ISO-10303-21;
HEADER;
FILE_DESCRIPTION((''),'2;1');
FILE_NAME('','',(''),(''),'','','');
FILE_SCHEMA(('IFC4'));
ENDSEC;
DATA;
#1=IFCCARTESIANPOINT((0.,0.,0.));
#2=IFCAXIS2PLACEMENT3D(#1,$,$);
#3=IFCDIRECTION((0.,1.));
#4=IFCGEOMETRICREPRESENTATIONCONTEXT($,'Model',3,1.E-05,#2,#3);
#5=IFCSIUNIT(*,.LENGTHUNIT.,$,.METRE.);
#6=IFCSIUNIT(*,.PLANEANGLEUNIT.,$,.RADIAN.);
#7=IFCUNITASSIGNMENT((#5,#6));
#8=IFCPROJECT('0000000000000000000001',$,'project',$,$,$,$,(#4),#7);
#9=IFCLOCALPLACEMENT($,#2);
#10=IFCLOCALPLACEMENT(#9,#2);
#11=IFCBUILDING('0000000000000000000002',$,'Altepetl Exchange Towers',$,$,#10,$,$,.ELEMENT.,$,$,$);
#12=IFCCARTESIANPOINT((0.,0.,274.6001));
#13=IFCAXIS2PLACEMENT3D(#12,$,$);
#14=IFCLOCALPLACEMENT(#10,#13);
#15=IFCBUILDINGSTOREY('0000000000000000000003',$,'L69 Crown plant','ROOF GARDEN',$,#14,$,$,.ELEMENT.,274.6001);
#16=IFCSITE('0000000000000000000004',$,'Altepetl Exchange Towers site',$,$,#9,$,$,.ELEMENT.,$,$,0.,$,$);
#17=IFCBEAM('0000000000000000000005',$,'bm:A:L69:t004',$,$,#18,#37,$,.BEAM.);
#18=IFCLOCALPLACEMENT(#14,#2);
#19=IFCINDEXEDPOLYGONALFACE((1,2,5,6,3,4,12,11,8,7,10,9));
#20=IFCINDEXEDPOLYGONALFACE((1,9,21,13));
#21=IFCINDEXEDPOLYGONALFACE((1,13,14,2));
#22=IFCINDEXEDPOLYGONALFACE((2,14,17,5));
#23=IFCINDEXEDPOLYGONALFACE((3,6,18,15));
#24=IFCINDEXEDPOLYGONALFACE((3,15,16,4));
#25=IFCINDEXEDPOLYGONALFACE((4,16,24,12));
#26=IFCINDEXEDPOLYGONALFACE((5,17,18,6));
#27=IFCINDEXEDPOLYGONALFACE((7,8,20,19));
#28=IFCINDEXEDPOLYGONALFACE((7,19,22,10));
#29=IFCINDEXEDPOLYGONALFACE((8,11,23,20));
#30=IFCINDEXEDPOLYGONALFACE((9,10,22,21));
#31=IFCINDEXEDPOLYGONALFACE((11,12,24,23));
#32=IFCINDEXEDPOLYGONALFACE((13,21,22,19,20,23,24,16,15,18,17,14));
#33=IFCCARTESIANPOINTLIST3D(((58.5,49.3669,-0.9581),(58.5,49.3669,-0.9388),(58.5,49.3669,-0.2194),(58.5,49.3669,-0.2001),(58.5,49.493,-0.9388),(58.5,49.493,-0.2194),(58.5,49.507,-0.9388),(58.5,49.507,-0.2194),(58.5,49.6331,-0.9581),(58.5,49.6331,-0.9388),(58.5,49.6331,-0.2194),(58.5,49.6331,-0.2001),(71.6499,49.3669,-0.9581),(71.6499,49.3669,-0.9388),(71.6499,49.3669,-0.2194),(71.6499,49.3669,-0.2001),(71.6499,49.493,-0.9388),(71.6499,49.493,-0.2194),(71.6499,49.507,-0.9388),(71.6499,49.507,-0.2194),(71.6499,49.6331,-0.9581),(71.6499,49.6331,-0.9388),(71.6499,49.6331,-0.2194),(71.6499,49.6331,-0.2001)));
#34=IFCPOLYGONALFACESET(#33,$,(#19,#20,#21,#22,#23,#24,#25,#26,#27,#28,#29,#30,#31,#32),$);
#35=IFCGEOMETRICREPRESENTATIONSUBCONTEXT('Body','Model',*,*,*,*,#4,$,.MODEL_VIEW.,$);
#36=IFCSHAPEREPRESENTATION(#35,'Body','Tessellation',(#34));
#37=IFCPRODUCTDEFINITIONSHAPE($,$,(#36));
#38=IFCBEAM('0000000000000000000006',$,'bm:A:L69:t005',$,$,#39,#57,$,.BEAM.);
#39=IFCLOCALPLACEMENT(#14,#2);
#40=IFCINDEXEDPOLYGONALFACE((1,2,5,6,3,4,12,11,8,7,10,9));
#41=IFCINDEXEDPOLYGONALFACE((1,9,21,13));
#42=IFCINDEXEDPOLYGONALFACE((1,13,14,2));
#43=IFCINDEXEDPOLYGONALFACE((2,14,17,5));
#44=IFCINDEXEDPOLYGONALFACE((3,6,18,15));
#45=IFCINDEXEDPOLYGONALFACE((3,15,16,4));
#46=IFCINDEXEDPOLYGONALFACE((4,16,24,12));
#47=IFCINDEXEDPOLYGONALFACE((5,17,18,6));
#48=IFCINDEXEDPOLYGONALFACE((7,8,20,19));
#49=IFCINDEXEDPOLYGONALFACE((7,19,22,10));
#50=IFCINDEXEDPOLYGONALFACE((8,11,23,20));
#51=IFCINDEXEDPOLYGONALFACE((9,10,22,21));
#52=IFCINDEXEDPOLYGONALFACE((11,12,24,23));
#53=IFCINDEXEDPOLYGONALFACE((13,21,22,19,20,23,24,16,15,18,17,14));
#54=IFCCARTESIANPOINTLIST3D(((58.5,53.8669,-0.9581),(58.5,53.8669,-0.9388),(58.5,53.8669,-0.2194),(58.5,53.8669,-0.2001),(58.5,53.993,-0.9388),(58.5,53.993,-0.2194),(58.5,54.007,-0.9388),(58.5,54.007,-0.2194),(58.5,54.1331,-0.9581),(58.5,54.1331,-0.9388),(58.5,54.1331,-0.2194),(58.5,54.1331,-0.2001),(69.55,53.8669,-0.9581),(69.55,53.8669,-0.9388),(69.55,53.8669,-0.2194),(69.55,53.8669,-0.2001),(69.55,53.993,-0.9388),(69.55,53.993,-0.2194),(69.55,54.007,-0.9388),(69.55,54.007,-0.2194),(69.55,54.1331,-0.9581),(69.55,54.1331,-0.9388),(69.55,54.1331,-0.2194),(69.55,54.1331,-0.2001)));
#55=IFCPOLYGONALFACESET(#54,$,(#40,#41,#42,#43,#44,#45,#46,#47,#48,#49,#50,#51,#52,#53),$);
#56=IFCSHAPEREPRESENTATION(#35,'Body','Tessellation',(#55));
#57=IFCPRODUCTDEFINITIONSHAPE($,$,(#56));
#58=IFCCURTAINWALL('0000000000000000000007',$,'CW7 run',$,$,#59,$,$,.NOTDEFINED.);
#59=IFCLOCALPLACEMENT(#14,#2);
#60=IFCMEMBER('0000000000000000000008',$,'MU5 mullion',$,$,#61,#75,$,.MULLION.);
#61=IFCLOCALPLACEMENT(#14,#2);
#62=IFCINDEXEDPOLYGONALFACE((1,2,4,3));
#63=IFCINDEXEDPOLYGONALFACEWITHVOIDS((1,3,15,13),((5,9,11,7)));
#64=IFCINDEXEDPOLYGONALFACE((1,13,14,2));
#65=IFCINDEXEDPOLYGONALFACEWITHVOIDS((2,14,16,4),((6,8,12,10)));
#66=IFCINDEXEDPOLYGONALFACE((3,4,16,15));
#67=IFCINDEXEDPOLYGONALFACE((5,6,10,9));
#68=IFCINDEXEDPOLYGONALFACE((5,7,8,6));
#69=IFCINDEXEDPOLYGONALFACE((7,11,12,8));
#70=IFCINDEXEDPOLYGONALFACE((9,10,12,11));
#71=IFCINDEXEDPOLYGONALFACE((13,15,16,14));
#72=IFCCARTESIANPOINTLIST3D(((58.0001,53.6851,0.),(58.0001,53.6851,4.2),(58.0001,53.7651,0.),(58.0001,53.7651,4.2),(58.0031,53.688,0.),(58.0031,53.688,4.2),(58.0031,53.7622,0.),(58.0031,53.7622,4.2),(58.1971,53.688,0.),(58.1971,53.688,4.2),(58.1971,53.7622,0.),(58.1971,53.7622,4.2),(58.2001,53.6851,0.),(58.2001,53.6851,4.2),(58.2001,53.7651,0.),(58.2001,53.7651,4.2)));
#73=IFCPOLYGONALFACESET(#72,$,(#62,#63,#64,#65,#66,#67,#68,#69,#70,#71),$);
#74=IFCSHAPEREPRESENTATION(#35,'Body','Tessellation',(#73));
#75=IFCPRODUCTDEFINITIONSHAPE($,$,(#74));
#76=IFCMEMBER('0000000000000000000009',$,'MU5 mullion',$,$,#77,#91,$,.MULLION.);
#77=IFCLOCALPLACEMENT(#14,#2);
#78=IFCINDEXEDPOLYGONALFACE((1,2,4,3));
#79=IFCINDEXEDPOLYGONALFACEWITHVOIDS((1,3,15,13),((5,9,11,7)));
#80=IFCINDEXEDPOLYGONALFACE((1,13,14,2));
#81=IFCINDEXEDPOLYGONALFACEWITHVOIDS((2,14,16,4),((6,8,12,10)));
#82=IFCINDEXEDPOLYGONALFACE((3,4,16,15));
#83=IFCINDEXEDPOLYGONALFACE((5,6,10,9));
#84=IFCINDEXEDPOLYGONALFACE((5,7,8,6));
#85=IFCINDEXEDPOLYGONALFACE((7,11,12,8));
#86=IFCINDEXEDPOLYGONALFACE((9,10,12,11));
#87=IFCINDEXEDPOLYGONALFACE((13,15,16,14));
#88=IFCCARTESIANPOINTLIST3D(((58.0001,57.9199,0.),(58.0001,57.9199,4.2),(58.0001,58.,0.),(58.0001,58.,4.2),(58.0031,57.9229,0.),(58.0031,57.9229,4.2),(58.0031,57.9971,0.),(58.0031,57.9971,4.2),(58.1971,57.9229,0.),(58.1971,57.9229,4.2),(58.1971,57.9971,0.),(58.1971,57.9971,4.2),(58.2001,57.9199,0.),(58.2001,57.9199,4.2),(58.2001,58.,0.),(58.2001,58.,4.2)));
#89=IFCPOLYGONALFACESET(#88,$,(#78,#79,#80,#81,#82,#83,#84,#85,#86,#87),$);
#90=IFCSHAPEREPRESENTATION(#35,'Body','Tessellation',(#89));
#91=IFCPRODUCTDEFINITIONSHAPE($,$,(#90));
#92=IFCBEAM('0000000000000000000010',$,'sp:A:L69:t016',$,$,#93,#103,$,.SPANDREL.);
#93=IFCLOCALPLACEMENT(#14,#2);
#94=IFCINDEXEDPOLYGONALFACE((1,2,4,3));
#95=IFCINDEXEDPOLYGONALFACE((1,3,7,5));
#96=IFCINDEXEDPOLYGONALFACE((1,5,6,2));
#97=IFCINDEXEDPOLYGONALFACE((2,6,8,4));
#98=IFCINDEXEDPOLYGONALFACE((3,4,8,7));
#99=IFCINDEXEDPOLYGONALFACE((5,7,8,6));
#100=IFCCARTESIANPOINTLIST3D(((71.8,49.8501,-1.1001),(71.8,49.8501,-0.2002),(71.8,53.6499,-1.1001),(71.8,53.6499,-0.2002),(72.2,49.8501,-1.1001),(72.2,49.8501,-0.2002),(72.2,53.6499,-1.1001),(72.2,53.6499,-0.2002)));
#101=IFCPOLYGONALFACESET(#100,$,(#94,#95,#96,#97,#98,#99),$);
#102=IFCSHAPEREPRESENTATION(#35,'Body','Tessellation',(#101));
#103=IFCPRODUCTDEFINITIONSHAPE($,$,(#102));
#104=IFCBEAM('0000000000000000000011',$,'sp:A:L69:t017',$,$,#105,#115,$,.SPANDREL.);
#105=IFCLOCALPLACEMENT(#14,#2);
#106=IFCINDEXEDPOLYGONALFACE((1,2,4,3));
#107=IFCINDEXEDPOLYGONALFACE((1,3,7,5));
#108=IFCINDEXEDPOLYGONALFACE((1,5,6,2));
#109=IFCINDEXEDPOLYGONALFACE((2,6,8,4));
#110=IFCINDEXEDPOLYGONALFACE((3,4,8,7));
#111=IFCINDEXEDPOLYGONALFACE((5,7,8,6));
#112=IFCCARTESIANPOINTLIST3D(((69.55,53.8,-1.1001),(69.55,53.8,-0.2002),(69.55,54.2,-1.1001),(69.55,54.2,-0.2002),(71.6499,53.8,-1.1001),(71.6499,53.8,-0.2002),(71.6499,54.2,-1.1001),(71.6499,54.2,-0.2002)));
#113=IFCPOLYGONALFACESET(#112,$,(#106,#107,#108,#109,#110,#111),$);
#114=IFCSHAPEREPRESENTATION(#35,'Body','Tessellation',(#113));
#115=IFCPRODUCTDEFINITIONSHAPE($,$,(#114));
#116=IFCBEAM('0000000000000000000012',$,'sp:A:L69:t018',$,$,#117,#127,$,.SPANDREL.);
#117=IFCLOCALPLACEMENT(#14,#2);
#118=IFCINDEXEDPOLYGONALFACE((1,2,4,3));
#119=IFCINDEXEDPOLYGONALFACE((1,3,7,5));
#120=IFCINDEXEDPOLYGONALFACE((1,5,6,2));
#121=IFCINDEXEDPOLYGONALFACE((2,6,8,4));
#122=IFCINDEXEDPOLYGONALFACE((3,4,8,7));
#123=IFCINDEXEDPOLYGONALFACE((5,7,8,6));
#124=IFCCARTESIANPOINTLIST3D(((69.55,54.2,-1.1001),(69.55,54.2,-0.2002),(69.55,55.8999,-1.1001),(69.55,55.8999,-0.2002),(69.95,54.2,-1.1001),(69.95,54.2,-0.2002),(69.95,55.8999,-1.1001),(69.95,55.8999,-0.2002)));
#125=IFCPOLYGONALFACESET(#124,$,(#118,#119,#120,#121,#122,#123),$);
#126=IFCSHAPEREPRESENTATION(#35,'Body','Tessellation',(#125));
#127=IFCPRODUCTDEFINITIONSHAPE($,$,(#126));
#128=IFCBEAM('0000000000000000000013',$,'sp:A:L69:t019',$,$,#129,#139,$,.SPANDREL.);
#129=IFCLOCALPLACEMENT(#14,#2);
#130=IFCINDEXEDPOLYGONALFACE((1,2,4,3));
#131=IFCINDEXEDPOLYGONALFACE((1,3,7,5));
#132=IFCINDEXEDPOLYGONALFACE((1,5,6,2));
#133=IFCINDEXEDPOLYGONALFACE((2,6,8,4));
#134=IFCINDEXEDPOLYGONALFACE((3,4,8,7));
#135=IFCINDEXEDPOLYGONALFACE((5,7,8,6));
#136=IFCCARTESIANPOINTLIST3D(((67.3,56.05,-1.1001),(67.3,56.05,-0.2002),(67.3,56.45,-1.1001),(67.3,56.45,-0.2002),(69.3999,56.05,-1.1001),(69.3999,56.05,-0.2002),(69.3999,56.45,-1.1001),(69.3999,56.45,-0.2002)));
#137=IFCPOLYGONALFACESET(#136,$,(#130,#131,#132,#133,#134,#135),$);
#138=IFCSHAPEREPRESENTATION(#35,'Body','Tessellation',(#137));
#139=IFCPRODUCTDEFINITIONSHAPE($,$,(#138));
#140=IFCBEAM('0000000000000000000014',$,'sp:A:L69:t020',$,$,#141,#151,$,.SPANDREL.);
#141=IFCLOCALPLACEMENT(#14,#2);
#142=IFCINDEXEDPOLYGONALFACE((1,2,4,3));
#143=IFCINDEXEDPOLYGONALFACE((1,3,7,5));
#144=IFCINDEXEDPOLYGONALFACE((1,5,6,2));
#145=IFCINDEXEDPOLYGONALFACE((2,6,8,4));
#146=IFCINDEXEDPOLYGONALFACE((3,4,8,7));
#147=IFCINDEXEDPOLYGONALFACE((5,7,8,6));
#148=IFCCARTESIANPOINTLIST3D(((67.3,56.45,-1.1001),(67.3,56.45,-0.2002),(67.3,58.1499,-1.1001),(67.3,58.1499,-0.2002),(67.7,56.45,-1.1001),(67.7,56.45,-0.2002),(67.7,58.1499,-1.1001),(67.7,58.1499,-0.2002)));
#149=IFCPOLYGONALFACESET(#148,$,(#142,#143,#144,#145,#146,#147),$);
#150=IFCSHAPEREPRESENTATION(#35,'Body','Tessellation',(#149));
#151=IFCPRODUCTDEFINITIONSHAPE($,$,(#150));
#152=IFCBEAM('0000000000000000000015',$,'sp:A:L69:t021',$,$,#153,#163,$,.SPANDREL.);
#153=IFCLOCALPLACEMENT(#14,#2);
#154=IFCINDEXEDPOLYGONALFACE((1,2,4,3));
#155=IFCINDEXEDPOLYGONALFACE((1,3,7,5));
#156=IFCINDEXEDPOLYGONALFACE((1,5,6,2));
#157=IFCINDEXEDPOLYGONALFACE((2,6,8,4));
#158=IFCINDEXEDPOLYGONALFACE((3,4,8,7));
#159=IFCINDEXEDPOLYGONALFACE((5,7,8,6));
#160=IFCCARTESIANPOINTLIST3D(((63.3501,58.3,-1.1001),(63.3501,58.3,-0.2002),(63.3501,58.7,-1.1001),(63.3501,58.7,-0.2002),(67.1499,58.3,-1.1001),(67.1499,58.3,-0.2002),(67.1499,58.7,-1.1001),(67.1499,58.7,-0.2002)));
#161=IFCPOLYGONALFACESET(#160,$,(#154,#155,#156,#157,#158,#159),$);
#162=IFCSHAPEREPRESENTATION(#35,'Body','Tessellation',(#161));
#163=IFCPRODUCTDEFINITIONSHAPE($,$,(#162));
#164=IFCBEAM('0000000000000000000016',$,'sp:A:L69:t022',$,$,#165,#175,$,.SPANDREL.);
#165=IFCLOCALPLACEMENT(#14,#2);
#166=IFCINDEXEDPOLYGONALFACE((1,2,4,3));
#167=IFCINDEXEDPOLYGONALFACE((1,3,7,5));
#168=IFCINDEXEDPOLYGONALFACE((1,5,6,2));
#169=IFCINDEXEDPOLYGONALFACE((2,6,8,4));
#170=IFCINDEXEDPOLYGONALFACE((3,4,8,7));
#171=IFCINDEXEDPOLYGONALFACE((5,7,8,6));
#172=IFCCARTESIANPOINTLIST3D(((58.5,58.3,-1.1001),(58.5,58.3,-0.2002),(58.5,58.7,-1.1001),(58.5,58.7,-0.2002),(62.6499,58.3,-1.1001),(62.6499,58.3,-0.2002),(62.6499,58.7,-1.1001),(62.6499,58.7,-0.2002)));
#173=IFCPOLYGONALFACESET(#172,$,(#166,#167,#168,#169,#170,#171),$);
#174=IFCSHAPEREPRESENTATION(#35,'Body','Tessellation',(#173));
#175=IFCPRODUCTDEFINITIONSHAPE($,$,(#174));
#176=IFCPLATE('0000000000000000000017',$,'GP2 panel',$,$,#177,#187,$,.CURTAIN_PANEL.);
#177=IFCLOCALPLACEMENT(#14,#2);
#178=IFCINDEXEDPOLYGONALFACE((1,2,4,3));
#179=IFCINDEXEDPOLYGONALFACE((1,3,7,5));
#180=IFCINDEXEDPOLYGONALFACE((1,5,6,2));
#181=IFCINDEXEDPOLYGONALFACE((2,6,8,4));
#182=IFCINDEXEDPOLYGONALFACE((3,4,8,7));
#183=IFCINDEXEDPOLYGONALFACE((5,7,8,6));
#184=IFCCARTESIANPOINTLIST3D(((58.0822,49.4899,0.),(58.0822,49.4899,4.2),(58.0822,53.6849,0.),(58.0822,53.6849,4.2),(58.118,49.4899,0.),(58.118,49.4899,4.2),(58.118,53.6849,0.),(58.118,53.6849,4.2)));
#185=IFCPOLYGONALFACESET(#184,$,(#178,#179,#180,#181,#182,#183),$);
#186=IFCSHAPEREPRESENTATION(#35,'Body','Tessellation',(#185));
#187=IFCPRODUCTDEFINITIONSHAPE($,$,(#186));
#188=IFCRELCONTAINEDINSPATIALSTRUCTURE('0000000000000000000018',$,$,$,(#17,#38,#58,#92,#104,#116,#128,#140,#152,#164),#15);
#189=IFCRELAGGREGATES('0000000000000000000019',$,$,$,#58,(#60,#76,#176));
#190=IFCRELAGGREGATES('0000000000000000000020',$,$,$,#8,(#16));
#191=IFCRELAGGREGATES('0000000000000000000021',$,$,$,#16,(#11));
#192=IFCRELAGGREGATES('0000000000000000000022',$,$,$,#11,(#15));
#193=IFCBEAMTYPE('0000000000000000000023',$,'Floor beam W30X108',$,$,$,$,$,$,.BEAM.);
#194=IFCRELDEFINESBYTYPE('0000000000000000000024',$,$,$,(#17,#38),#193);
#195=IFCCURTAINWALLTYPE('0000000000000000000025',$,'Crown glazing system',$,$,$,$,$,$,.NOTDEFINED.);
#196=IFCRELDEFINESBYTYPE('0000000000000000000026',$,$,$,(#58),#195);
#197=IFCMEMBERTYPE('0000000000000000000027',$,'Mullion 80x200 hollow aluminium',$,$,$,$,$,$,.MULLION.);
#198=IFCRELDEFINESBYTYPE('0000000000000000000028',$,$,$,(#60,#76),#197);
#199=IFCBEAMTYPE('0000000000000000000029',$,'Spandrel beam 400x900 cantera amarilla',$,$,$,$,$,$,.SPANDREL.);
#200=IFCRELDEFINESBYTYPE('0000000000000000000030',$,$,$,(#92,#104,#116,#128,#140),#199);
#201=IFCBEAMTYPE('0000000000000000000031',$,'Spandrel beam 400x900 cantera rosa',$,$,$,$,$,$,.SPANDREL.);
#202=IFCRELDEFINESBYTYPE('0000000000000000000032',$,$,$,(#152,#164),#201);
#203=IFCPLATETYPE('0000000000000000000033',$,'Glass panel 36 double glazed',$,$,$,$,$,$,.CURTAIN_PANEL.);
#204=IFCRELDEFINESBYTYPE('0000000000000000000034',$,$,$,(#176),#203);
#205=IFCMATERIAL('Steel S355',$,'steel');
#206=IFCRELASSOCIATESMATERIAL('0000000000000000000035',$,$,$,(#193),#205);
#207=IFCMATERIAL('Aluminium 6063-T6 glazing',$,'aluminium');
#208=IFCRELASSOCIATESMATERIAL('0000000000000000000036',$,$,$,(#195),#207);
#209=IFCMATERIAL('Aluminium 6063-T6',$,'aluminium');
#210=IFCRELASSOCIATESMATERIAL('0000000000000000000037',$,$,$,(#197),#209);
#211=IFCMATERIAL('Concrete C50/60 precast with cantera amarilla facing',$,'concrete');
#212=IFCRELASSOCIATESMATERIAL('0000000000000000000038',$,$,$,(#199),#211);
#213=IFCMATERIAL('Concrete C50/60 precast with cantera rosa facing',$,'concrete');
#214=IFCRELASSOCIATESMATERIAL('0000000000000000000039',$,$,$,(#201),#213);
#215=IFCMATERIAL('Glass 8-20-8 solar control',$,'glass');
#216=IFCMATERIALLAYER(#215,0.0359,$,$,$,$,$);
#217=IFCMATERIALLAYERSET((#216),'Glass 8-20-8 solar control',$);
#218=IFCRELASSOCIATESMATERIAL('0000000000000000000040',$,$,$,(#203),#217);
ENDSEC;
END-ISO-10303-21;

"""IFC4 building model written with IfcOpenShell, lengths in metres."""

from ifc_helpers import new_model, si_unit, direction, frame, origin, origin_2d, place, context, subcontext, project, spatial, rectangle, hollow_rectangle, i_section, extrude, material, layer, layer_set, material_profile, profile_set, type_object, element, aggregate, save


model = new_model("IFC4")

# Units and contexts
model_context = context("Model", 3, precision=1e-05, world=origin(), true_north=direction((0.0, 1.0)))
body_context = subcontext(model_context, "Body", "Model", "MODEL_VIEW")
ifc_project = project(units=[si_unit("LENGTHUNIT", "METRE"), si_unit("PLANEANGLEUNIT", "RADIAN")], contexts=[model_context])

# Site, building, storey
site_placement = place(None, origin())
site = spatial("IfcSite", under=ifc_project, at=site_placement, Name="Altepetl Exchange Towers site", CompositionType="ELEMENT", RefElevation=0.0)
building_placement = place(site_placement, origin())
building = spatial("IfcBuilding", under=site, at=building_placement, Name="Altepetl Exchange Towers", CompositionType="ELEMENT")
storey_placement = place(building_placement, frame((0.0, 0.0, 274.6001)))
storey = spatial("IfcBuildingStorey", under=building, at=storey_placement, Name="L69 Crown plant", Description="ROOF GARDEN", CompositionType="ELEMENT", Elevation=274.6001)

# Beams
ifc_material_1 = material(Name="Steel S355", Category="steel")
ifc_material_profile_1 = material_profile(ifc_material_1, i_section(OverallWidth=0.2661, OverallDepth=0.7581, WebThickness=0.0139, FlangeThickness=0.0193, at=origin_2d()), Name="W30X108")
ifc_profile_set_1 = profile_set([ifc_material_profile_1], Name="Steel S355")
beam_type_1 = type_object("IfcBeamType", Name="Floor beam W30X108", PredefinedType="BEAM", material=ifc_profile_set_1)
beam_1_placement = place(storey_placement, frame((58.5, 49.5, -0.5791), z_axis=(1.0, 0.0, 0.0), x_axis=(0.0, 1.0, 0.0)))
element("IfcBeam", 1, at=beam_1_placement, inside=storey, type_object=beam_type_1, Name="bm:A:L69:t004", PredefinedType="BEAM", context=body_context, shape_type="SweptSolid", body=[
    extrude(i_section(OverallWidth=0.2661, OverallDepth=0.7581, WebThickness=0.0139, FlangeThickness=0.0193, at=origin_2d()), origin(), (0.0, 0.0, 1.0), 13.1499),
])
beam_2_placement = place(storey_placement, frame((58.5, 54.0, -0.5791), z_axis=(1.0, 0.0, 0.0), x_axis=(0.0, 1.0, 0.0)))
element("IfcBeam", 2, at=beam_2_placement, inside=storey, type_object=beam_type_1, Name="bm:A:L69:t005", PredefinedType="BEAM", context=body_context, shape_type="SweptSolid", body=[
    extrude(i_section(OverallWidth=0.2661, OverallDepth=0.7581, WebThickness=0.0139, FlangeThickness=0.0193, at=origin_2d()), origin(), (0.0, 0.0, 1.0), 11.05),
])

# Curtain wall, members
ifc_material_2 = material(Name="Aluminium 6063-T6 glazing", Category="aluminium")
curtain_wall_type = type_object("IfcCurtainWallType", Name="Crown glazing system", PredefinedType="NOTDEFINED", material=ifc_material_2)
curtain_wall_placement = place(storey_placement, origin())
curtain_wall = element("IfcCurtainWall", 3, at=curtain_wall_placement, inside=storey, type_object=curtain_wall_type, Name="CW7 run", PredefinedType="NOTDEFINED")
ifc_material_3 = material(Name="Aluminium 6063-T6", Category="aluminium")
ifc_material_profile_2 = material_profile(ifc_material_3, hollow_rectangle(XDim=0.0801, YDim=0.2, WallThickness=0.0029, at=origin_2d()), Name="Mullion 80x200 hollow aluminium")
ifc_profile_set_2 = profile_set([ifc_material_profile_2], Name="Aluminium 6063-T6")
member_type = type_object("IfcMemberType", Name="Mullion 80x200 hollow aluminium", PredefinedType="MULLION", material=ifc_profile_set_2)
member_1_placement = place(storey_placement, frame((58.1001, 53.7251, 0.0), z_axis=(0.0, 0.0, 1.0), x_axis=(0.0, 1.0, 0.0)))
member_1 = element("IfcMember", 4, at=member_1_placement, type_object=member_type, Name="MU5 mullion", PredefinedType="MULLION", context=body_context, shape_type="SweptSolid", body=[
    extrude(hollow_rectangle(XDim=0.0801, YDim=0.2, WallThickness=0.0029, at=origin_2d()), origin(), (0.0, 0.0, 1.0), 4.2),
])
member_2_placement = place(storey_placement, frame((58.1001, 57.96, 0.0), z_axis=(0.0, 0.0, 1.0), x_axis=(0.0, 1.0, 0.0)))
member_2 = element("IfcMember", 5, at=member_2_placement, type_object=member_type, Name="MU5 mullion", PredefinedType="MULLION", context=body_context, shape_type="SweptSolid", body=[
    extrude(hollow_rectangle(XDim=0.0801, YDim=0.2, WallThickness=0.0029, at=origin_2d()), origin(), (0.0, 0.0, 1.0), 4.2),
])

# Beams
ifc_material_4 = material(Name="Concrete C50/60 precast with cantera amarilla facing", Category="concrete")
ifc_material_profile_3 = material_profile(ifc_material_4, rectangle(XDim=0.3999, YDim=0.8999, at=origin_2d()), Name="400 x 900")
ifc_profile_set_3 = profile_set([ifc_material_profile_3], Name="Concrete C50/60 precast with cantera amarilla facing")
beam_type_2 = type_object("IfcBeamType", Name="Spandrel beam 400x900 cantera amarilla", PredefinedType="SPANDREL", material=ifc_profile_set_3)
beam_3_placement = place(storey_placement, frame((72.0, 49.8501, -0.6501), z_axis=(0.0, 1.0, 0.0), x_axis=(-1.0, 0.0, 0.0)))
element("IfcBeam", 6, at=beam_3_placement, inside=storey, type_object=beam_type_2, Name="sp:A:L69:t016", PredefinedType="SPANDREL", context=body_context, shape_type="SweptSolid", body=[
    extrude(rectangle(XDim=0.3999, YDim=0.8999, at=origin_2d()), origin(), (0.0, 0.0, 1.0), 3.7998),
])
beam_4_placement = place(storey_placement, frame((71.6499, 54.0, -0.6501), z_axis=(-1.0, 0.0, 0.0), x_axis=(0.0, -1.0, 0.0)))
element("IfcBeam", 7, at=beam_4_placement, inside=storey, type_object=beam_type_2, Name="sp:A:L69:t017", PredefinedType="SPANDREL", context=body_context, shape_type="SweptSolid", body=[
    extrude(rectangle(XDim=0.3999, YDim=0.8999, at=origin_2d()), origin(), (0.0, 0.0, 1.0), 2.0999),
])
beam_5_placement = place(storey_placement, frame((69.75, 54.2, -0.6501), z_axis=(0.0, 1.0, 0.0), x_axis=(-1.0, 0.0, 0.0)))
element("IfcBeam", 8, at=beam_5_placement, inside=storey, type_object=beam_type_2, Name="sp:A:L69:t018", PredefinedType="SPANDREL", context=body_context, shape_type="SweptSolid", body=[
    extrude(rectangle(XDim=0.3999, YDim=0.8999, at=origin_2d()), origin(), (0.0, 0.0, 1.0), 1.7),
])
beam_6_placement = place(storey_placement, frame((69.3999, 56.25, -0.6501), z_axis=(-1.0, 0.0, 0.0), x_axis=(0.0, -1.0, 0.0)))
element("IfcBeam", 9, at=beam_6_placement, inside=storey, type_object=beam_type_2, Name="sp:A:L69:t019", PredefinedType="SPANDREL", context=body_context, shape_type="SweptSolid", body=[
    extrude(rectangle(XDim=0.3999, YDim=0.8999, at=origin_2d()), origin(), (0.0, 0.0, 1.0), 2.0999),
])
beam_7_placement = place(storey_placement, frame((67.5, 56.45, -0.6501), z_axis=(0.0, 1.0, 0.0), x_axis=(-1.0, 0.0, 0.0)))
element("IfcBeam", 10, at=beam_7_placement, inside=storey, type_object=beam_type_2, Name="sp:A:L69:t020", PredefinedType="SPANDREL", context=body_context, shape_type="SweptSolid", body=[
    extrude(rectangle(XDim=0.3999, YDim=0.8999, at=origin_2d()), origin(), (0.0, 0.0, 1.0), 1.7),
])
ifc_material_5 = material(Name="Concrete C50/60 precast with cantera rosa facing", Category="concrete")
ifc_material_profile_4 = material_profile(ifc_material_5, rectangle(XDim=0.3999, YDim=0.8999, at=origin_2d()), Name="400 x 900")
ifc_profile_set_4 = profile_set([ifc_material_profile_4], Name="Concrete C50/60 precast with cantera rosa facing")
beam_type_3 = type_object("IfcBeamType", Name="Spandrel beam 400x900 cantera rosa", PredefinedType="SPANDREL", material=ifc_profile_set_4)
beam_8_placement = place(storey_placement, frame((67.1499, 58.5, -0.6501), z_axis=(-1.0, 0.0, 0.0), x_axis=(0.0, -1.0, 0.0)))
element("IfcBeam", 11, at=beam_8_placement, inside=storey, type_object=beam_type_3, Name="sp:A:L69:t021", PredefinedType="SPANDREL", context=body_context, shape_type="SweptSolid", body=[
    extrude(rectangle(XDim=0.3999, YDim=0.8999, at=origin_2d()), origin(), (0.0, 0.0, 1.0), 3.7998),
])
beam_9_placement = place(storey_placement, frame((62.6499, 58.5, -0.6501), z_axis=(-1.0, 0.0, 0.0), x_axis=(0.0, -1.0, 0.0)))
element("IfcBeam", 12, at=beam_9_placement, inside=storey, type_object=beam_type_3, Name="sp:A:L69:t022", PredefinedType="SPANDREL", context=body_context, shape_type="SweptSolid", body=[
    extrude(rectangle(XDim=0.3999, YDim=0.8999, at=origin_2d()), origin(), (0.0, 0.0, 1.0), 4.1499),
])

# Plate
ifc_material_6 = material(Name="Glass 8-20-8 solar control", Category="glass")
ifc_layer_1 = layer(ifc_material_6, 0.0359)
ifc_layer_set_1 = layer_set([ifc_layer_1], Name="Glass 8-20-8 solar control")
plate_type = type_object("IfcPlateType", Name="Glass panel 36 double glazed", PredefinedType="CURTAIN_PANEL", material=ifc_layer_set_1)
plate_1_placement = place(storey_placement, frame((58.1001, 51.5874, 0.0), z_axis=(0.0, 0.0, 1.0), x_axis=(0.0, 1.0, 0.0)))
plate_1 = element("IfcPlate", 13, at=plate_1_placement, type_object=plate_type, Name="GP2 panel", PredefinedType="CURTAIN_PANEL", context=body_context, shape_type="SweptSolid", body=[
    extrude(rectangle(XDim=4.1951, YDim=0.0359, at=origin_2d()), origin(), (0.0, 0.0, 1.0), 4.2),
])
aggregate(curtain_wall, [member_1, member_2, plate_1])

save(model, "model.ifc")
